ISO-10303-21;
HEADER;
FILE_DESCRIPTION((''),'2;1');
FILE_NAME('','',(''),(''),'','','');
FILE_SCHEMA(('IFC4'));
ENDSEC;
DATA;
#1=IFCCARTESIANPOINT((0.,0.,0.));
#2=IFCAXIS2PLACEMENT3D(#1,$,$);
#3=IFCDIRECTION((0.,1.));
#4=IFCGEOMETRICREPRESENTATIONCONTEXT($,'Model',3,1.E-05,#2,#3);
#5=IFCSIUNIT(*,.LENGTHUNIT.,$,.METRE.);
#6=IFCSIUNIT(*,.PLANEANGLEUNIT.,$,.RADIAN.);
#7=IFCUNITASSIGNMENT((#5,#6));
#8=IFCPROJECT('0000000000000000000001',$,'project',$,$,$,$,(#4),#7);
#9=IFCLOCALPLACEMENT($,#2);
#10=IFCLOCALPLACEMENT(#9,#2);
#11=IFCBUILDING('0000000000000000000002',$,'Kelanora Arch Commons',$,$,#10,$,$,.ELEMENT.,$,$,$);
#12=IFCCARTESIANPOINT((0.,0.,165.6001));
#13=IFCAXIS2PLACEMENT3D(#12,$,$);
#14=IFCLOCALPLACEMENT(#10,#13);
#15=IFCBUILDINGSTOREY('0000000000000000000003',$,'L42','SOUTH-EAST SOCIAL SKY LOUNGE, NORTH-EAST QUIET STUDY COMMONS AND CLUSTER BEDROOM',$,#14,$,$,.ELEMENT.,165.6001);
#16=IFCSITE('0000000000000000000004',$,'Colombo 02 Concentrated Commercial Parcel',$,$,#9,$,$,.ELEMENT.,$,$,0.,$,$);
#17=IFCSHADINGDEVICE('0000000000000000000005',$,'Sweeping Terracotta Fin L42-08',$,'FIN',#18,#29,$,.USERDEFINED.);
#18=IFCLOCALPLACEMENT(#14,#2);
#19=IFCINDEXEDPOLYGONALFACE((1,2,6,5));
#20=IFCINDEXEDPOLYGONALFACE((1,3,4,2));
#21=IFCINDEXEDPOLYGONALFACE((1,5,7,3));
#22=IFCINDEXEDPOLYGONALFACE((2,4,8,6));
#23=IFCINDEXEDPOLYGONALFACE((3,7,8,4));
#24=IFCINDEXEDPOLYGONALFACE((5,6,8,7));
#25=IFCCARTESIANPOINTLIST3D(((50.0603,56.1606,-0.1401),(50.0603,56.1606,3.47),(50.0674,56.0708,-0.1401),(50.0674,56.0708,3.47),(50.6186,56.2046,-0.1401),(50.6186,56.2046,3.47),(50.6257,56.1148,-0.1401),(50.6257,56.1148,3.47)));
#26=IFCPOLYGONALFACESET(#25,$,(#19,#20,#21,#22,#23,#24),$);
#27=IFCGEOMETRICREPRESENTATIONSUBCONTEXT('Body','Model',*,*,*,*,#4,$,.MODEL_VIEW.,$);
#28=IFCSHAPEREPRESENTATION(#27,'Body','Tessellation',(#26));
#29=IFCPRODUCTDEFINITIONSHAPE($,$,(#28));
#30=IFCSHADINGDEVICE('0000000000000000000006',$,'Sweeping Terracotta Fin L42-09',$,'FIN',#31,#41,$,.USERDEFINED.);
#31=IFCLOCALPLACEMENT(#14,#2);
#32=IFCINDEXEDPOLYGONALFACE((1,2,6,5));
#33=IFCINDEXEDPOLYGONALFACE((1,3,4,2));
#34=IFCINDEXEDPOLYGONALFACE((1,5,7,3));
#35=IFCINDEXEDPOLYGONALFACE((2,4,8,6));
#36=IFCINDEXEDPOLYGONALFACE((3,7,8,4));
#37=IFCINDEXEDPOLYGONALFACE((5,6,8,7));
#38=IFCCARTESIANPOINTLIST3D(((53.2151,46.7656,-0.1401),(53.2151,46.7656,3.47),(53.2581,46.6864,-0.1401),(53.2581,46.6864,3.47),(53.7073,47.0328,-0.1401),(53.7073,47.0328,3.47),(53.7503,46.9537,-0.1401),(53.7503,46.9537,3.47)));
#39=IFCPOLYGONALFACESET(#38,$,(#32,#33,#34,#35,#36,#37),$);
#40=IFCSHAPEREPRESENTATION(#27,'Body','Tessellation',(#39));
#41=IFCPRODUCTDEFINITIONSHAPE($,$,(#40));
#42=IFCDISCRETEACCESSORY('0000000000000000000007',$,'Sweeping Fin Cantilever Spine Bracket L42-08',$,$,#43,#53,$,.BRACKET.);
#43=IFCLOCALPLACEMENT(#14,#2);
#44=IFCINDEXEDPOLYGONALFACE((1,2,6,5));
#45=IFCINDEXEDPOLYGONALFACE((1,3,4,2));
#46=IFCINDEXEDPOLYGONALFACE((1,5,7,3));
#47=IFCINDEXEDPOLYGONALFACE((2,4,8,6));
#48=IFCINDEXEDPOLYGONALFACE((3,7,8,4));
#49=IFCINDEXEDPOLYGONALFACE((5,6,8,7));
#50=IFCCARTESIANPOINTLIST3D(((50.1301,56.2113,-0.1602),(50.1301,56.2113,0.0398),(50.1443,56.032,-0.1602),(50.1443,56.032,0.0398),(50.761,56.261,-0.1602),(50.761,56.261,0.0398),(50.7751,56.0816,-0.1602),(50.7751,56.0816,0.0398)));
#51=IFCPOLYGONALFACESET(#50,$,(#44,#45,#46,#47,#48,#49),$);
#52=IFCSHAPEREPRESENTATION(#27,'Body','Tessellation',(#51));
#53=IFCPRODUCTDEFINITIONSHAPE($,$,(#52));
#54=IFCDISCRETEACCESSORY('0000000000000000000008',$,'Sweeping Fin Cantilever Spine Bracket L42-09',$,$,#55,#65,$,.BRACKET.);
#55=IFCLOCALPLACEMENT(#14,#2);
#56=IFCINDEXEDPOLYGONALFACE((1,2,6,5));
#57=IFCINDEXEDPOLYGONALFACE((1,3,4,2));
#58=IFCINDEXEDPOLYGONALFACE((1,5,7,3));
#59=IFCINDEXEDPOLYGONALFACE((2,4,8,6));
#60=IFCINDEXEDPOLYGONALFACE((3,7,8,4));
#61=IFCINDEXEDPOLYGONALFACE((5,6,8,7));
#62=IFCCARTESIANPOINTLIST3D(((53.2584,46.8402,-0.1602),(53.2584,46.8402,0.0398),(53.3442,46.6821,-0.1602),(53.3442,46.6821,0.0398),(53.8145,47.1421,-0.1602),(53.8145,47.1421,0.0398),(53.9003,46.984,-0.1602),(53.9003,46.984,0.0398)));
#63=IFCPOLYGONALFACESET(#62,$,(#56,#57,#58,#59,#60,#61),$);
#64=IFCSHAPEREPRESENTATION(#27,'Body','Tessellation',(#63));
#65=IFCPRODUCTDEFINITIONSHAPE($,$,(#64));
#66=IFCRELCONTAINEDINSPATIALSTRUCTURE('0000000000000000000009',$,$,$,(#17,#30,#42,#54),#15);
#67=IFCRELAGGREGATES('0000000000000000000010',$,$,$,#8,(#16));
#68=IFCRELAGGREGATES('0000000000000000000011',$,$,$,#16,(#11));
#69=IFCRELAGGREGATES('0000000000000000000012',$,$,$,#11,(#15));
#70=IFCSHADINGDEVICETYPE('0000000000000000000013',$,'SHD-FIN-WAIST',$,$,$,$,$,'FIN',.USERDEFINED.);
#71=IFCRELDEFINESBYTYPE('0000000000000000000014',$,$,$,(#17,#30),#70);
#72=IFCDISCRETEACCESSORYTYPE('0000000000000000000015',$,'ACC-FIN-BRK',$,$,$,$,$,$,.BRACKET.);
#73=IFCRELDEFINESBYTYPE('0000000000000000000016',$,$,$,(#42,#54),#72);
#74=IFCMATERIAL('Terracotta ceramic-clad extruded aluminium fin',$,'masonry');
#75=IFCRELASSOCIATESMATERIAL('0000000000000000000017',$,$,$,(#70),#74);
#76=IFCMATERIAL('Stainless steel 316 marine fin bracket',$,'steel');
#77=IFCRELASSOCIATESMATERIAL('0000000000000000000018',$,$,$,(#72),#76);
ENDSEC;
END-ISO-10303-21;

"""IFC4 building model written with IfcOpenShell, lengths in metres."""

from ifc_helpers import new_model, si_unit, direction, frame, origin, origin_2d, place, context, subcontext, project, spatial, rectangle, extrude, source, transform, mapped, material, type_object, element, save


model = new_model("IFC4")

# Units and contexts
model_context = context("Model", 3, precision=1e-05, world=origin(), true_north=direction((0.0, 1.0)))
body_context = subcontext(model_context, "Body", "Model", "MODEL_VIEW")
ifc_project = project(units=[si_unit("LENGTHUNIT", "METRE"), si_unit("PLANEANGLEUNIT", "RADIAN")], contexts=[model_context])

# Site, building, storey
site_placement = place(None, origin())
site = spatial("IfcSite", under=ifc_project, at=site_placement, Name="Colombo 02 Concentrated Commercial Parcel", CompositionType="ELEMENT", RefElevation=0.0)
building_placement = place(site_placement, origin())
building = spatial("IfcBuilding", under=site, at=building_placement, Name="Kelanora Arch Commons", CompositionType="ELEMENT")
storey_placement = place(building_placement, frame((0.0, 0.0, 165.6001)))
storey = spatial("IfcBuildingStorey", under=building, at=storey_placement, Name="L42", Description="SOUTH-EAST SOCIAL SKY LOUNGE, NORTH-EAST QUIET STUDY COMMONS AND CLUSTER BEDROOM", CompositionType="ELEMENT", Elevation=165.6001)

# Shading devices
ifc_material_1 = material(Name="Terracotta ceramic-clad extruded aluminium fin", Category="masonry")
shading_device_type = type_object("IfcShadingDeviceType", Name="SHD-FIN-WAIST", ElementType="FIN", PredefinedType="USERDEFINED", material=ifc_material_1)
shared_shape_1 = source(origin(), body_context, "Body", "SweptSolid", [
    extrude(rectangle(XDim=0.5601, YDim=0.0901, at=origin_2d()), origin(), (0.0, 0.0, 1.0), 3.6101),
])
for number, where, z_axis, x_axis, name in (
    (1, (50.343, 56.1377, -0.1401), (0.0, 0.0, 1.0), (-0.996917, -0.078459, 0.0), "Sweeping Terracotta Fin L42-08"),
    (2, (53.4827, 46.8596, -0.1401), (0.0, 0.0, 1.0), (-0.878817, -0.477159, 0.0), "Sweeping Terracotta Fin L42-09"),
):
    element("IfcShadingDevice", number, at=place(storey_placement, frame(where, z_axis=z_axis, x_axis=x_axis)), inside=storey, type_object=shading_device_type, Name=name, ObjectType="FIN", PredefinedType="USERDEFINED", context=body_context, shape_type="MappedRepresentation", body=[
        mapped(shared_shape_1, transform((0.0, 0.0, 0.0), scale=1.0)),
    ])

# Discrete accessories
ifc_material_2 = material(Name="Stainless steel 316 marine fin bracket", Category="steel")
discrete_accessory_type = type_object("IfcDiscreteAccessoryType", Name="ACC-FIN-BRK", PredefinedType="BRACKET", material=ifc_material_2)
shared_shape_2 = source(origin(), body_context, "Body", "SweptSolid", [
    extrude(rectangle(XDim=0.6328, YDim=0.1799, at=origin_2d()), origin(), (0.0, 0.0, 1.0), 0.2),
])
for number, where, z_axis, x_axis, name in (
    (3, (50.4526, 56.1465, -0.1602), (0.0, 0.0, 1.0), (-0.996917, -0.078459, 0.0), "Sweeping Fin Cantilever Spine Bracket L42-08"),
    (4, (53.5793, 46.9121, -0.1602), (0.0, 0.0, 1.0), (-0.878817, -0.477159, 0.0), "Sweeping Fin Cantilever Spine Bracket L42-09"),
):
    element("IfcDiscreteAccessory", number, at=place(storey_placement, frame(where, z_axis=z_axis, x_axis=x_axis)), inside=storey, type_object=discrete_accessory_type, Name=name, PredefinedType="BRACKET", context=body_context, shape_type="MappedRepresentation", body=[
        mapped(shared_shape_2, transform((0.0, 0.0, 0.0), scale=1.0)),
    ])

save(model, "model.ifc")
